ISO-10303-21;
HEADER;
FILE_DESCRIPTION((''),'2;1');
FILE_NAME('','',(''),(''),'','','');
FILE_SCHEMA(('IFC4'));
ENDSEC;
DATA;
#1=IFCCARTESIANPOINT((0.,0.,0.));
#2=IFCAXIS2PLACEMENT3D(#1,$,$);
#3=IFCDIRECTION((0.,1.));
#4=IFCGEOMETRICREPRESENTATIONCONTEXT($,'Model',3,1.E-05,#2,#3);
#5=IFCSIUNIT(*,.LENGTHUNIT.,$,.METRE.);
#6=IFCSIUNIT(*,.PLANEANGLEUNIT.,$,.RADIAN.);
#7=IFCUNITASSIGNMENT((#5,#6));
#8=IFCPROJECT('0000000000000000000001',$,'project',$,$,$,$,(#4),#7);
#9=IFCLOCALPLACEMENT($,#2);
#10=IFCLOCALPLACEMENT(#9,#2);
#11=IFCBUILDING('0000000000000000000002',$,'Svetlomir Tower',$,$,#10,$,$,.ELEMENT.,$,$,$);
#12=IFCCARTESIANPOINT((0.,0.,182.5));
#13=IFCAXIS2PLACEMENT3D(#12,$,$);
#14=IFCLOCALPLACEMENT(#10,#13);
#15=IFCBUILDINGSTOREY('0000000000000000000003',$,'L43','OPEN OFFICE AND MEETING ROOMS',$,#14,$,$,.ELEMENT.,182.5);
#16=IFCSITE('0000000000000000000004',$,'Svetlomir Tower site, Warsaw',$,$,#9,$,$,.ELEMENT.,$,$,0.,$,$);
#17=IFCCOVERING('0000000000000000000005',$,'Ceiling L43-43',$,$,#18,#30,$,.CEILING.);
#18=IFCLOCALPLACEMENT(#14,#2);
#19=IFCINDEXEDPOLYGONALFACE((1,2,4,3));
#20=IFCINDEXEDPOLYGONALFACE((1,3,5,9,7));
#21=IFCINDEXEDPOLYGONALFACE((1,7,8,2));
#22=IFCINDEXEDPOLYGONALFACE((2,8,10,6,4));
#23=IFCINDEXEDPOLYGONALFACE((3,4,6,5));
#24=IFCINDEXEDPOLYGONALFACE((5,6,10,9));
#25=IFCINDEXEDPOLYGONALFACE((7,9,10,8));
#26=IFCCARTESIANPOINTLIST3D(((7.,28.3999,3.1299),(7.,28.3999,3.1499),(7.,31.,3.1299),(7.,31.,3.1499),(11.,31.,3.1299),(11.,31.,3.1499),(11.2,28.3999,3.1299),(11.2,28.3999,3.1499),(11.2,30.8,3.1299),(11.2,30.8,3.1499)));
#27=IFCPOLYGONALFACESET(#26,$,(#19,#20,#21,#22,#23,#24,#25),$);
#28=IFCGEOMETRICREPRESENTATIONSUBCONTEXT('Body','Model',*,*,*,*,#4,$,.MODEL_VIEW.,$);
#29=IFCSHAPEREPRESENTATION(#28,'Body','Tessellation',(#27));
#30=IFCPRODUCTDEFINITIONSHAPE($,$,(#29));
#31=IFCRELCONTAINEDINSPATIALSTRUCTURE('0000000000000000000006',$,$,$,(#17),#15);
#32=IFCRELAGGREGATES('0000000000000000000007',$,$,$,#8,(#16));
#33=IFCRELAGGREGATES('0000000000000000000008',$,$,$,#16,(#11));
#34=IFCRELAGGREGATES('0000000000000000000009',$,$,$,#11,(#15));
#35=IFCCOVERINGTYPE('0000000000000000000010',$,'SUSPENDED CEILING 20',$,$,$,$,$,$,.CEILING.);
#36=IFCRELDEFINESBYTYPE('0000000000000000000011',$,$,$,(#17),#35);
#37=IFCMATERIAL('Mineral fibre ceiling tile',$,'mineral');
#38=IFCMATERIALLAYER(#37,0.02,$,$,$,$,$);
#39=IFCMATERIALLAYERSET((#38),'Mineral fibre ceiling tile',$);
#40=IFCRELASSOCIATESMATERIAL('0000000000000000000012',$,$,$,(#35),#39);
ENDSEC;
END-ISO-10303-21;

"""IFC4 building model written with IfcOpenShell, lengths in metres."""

from ifc_helpers import new_model, si_unit, direction, frame, origin, place, context, subcontext, project, spatial, polyline, outline, extrude, material, layer, layer_set, type_object, element, save


model = new_model("IFC4")

# Units and contexts
model_context = context("Model", 3, precision=1e-05, world=origin(), true_north=direction((0.0, 1.0)))
body_context = subcontext(model_context, "Body", "Model", "MODEL_VIEW")
ifc_project = project(units=[si_unit("LENGTHUNIT", "METRE"), si_unit("PLANEANGLEUNIT", "RADIAN")], contexts=[model_context])

# Site, building, storey
site_placement = place(None, origin())
site = spatial("IfcSite", under=ifc_project, at=site_placement, Name="Svetlomir Tower site, Warsaw", CompositionType="ELEMENT", RefElevation=0.0)
building_placement = place(site_placement, origin())
building = spatial("IfcBuilding", under=site, at=building_placement, Name="Svetlomir Tower", CompositionType="ELEMENT")
storey_placement = place(building_placement, frame((0.0, 0.0, 182.5)))
storey = spatial("IfcBuildingStorey", under=building, at=storey_placement, Name="L43", Description="OPEN OFFICE AND MEETING ROOMS", CompositionType="ELEMENT", Elevation=182.5)

# Covering
ifc_material_1 = material(Name="Mineral fibre ceiling tile", Category="mineral")
ifc_layer_1 = layer(ifc_material_1, 0.02)
ifc_layer_set_1 = layer_set([ifc_layer_1], Name="Mineral fibre ceiling tile")
covering_type_1 = type_object("IfcCoveringType", Name="SUSPENDED CEILING 20", PredefinedType="CEILING", material=ifc_layer_set_1)
covering_1_placement = place(storey_placement, frame((0.0, 0.0, 3.1299)))
element("IfcCovering", 1, at=covering_1_placement, inside=storey, type_object=covering_type_1, Name="Ceiling L43-43", PredefinedType="CEILING", context=body_context, shape_type="SweptSolid", body=[
    extrude(outline(polyline([(11.2, 28.3999), (7.0, 28.3999), (7.0, 31.0), (11.0, 31.0), (11.2, 30.8), (11.2, 28.3999)])), origin(), (0.0, 0.0, 1.0), 0.02),
])

save(model, "model.ifc")
